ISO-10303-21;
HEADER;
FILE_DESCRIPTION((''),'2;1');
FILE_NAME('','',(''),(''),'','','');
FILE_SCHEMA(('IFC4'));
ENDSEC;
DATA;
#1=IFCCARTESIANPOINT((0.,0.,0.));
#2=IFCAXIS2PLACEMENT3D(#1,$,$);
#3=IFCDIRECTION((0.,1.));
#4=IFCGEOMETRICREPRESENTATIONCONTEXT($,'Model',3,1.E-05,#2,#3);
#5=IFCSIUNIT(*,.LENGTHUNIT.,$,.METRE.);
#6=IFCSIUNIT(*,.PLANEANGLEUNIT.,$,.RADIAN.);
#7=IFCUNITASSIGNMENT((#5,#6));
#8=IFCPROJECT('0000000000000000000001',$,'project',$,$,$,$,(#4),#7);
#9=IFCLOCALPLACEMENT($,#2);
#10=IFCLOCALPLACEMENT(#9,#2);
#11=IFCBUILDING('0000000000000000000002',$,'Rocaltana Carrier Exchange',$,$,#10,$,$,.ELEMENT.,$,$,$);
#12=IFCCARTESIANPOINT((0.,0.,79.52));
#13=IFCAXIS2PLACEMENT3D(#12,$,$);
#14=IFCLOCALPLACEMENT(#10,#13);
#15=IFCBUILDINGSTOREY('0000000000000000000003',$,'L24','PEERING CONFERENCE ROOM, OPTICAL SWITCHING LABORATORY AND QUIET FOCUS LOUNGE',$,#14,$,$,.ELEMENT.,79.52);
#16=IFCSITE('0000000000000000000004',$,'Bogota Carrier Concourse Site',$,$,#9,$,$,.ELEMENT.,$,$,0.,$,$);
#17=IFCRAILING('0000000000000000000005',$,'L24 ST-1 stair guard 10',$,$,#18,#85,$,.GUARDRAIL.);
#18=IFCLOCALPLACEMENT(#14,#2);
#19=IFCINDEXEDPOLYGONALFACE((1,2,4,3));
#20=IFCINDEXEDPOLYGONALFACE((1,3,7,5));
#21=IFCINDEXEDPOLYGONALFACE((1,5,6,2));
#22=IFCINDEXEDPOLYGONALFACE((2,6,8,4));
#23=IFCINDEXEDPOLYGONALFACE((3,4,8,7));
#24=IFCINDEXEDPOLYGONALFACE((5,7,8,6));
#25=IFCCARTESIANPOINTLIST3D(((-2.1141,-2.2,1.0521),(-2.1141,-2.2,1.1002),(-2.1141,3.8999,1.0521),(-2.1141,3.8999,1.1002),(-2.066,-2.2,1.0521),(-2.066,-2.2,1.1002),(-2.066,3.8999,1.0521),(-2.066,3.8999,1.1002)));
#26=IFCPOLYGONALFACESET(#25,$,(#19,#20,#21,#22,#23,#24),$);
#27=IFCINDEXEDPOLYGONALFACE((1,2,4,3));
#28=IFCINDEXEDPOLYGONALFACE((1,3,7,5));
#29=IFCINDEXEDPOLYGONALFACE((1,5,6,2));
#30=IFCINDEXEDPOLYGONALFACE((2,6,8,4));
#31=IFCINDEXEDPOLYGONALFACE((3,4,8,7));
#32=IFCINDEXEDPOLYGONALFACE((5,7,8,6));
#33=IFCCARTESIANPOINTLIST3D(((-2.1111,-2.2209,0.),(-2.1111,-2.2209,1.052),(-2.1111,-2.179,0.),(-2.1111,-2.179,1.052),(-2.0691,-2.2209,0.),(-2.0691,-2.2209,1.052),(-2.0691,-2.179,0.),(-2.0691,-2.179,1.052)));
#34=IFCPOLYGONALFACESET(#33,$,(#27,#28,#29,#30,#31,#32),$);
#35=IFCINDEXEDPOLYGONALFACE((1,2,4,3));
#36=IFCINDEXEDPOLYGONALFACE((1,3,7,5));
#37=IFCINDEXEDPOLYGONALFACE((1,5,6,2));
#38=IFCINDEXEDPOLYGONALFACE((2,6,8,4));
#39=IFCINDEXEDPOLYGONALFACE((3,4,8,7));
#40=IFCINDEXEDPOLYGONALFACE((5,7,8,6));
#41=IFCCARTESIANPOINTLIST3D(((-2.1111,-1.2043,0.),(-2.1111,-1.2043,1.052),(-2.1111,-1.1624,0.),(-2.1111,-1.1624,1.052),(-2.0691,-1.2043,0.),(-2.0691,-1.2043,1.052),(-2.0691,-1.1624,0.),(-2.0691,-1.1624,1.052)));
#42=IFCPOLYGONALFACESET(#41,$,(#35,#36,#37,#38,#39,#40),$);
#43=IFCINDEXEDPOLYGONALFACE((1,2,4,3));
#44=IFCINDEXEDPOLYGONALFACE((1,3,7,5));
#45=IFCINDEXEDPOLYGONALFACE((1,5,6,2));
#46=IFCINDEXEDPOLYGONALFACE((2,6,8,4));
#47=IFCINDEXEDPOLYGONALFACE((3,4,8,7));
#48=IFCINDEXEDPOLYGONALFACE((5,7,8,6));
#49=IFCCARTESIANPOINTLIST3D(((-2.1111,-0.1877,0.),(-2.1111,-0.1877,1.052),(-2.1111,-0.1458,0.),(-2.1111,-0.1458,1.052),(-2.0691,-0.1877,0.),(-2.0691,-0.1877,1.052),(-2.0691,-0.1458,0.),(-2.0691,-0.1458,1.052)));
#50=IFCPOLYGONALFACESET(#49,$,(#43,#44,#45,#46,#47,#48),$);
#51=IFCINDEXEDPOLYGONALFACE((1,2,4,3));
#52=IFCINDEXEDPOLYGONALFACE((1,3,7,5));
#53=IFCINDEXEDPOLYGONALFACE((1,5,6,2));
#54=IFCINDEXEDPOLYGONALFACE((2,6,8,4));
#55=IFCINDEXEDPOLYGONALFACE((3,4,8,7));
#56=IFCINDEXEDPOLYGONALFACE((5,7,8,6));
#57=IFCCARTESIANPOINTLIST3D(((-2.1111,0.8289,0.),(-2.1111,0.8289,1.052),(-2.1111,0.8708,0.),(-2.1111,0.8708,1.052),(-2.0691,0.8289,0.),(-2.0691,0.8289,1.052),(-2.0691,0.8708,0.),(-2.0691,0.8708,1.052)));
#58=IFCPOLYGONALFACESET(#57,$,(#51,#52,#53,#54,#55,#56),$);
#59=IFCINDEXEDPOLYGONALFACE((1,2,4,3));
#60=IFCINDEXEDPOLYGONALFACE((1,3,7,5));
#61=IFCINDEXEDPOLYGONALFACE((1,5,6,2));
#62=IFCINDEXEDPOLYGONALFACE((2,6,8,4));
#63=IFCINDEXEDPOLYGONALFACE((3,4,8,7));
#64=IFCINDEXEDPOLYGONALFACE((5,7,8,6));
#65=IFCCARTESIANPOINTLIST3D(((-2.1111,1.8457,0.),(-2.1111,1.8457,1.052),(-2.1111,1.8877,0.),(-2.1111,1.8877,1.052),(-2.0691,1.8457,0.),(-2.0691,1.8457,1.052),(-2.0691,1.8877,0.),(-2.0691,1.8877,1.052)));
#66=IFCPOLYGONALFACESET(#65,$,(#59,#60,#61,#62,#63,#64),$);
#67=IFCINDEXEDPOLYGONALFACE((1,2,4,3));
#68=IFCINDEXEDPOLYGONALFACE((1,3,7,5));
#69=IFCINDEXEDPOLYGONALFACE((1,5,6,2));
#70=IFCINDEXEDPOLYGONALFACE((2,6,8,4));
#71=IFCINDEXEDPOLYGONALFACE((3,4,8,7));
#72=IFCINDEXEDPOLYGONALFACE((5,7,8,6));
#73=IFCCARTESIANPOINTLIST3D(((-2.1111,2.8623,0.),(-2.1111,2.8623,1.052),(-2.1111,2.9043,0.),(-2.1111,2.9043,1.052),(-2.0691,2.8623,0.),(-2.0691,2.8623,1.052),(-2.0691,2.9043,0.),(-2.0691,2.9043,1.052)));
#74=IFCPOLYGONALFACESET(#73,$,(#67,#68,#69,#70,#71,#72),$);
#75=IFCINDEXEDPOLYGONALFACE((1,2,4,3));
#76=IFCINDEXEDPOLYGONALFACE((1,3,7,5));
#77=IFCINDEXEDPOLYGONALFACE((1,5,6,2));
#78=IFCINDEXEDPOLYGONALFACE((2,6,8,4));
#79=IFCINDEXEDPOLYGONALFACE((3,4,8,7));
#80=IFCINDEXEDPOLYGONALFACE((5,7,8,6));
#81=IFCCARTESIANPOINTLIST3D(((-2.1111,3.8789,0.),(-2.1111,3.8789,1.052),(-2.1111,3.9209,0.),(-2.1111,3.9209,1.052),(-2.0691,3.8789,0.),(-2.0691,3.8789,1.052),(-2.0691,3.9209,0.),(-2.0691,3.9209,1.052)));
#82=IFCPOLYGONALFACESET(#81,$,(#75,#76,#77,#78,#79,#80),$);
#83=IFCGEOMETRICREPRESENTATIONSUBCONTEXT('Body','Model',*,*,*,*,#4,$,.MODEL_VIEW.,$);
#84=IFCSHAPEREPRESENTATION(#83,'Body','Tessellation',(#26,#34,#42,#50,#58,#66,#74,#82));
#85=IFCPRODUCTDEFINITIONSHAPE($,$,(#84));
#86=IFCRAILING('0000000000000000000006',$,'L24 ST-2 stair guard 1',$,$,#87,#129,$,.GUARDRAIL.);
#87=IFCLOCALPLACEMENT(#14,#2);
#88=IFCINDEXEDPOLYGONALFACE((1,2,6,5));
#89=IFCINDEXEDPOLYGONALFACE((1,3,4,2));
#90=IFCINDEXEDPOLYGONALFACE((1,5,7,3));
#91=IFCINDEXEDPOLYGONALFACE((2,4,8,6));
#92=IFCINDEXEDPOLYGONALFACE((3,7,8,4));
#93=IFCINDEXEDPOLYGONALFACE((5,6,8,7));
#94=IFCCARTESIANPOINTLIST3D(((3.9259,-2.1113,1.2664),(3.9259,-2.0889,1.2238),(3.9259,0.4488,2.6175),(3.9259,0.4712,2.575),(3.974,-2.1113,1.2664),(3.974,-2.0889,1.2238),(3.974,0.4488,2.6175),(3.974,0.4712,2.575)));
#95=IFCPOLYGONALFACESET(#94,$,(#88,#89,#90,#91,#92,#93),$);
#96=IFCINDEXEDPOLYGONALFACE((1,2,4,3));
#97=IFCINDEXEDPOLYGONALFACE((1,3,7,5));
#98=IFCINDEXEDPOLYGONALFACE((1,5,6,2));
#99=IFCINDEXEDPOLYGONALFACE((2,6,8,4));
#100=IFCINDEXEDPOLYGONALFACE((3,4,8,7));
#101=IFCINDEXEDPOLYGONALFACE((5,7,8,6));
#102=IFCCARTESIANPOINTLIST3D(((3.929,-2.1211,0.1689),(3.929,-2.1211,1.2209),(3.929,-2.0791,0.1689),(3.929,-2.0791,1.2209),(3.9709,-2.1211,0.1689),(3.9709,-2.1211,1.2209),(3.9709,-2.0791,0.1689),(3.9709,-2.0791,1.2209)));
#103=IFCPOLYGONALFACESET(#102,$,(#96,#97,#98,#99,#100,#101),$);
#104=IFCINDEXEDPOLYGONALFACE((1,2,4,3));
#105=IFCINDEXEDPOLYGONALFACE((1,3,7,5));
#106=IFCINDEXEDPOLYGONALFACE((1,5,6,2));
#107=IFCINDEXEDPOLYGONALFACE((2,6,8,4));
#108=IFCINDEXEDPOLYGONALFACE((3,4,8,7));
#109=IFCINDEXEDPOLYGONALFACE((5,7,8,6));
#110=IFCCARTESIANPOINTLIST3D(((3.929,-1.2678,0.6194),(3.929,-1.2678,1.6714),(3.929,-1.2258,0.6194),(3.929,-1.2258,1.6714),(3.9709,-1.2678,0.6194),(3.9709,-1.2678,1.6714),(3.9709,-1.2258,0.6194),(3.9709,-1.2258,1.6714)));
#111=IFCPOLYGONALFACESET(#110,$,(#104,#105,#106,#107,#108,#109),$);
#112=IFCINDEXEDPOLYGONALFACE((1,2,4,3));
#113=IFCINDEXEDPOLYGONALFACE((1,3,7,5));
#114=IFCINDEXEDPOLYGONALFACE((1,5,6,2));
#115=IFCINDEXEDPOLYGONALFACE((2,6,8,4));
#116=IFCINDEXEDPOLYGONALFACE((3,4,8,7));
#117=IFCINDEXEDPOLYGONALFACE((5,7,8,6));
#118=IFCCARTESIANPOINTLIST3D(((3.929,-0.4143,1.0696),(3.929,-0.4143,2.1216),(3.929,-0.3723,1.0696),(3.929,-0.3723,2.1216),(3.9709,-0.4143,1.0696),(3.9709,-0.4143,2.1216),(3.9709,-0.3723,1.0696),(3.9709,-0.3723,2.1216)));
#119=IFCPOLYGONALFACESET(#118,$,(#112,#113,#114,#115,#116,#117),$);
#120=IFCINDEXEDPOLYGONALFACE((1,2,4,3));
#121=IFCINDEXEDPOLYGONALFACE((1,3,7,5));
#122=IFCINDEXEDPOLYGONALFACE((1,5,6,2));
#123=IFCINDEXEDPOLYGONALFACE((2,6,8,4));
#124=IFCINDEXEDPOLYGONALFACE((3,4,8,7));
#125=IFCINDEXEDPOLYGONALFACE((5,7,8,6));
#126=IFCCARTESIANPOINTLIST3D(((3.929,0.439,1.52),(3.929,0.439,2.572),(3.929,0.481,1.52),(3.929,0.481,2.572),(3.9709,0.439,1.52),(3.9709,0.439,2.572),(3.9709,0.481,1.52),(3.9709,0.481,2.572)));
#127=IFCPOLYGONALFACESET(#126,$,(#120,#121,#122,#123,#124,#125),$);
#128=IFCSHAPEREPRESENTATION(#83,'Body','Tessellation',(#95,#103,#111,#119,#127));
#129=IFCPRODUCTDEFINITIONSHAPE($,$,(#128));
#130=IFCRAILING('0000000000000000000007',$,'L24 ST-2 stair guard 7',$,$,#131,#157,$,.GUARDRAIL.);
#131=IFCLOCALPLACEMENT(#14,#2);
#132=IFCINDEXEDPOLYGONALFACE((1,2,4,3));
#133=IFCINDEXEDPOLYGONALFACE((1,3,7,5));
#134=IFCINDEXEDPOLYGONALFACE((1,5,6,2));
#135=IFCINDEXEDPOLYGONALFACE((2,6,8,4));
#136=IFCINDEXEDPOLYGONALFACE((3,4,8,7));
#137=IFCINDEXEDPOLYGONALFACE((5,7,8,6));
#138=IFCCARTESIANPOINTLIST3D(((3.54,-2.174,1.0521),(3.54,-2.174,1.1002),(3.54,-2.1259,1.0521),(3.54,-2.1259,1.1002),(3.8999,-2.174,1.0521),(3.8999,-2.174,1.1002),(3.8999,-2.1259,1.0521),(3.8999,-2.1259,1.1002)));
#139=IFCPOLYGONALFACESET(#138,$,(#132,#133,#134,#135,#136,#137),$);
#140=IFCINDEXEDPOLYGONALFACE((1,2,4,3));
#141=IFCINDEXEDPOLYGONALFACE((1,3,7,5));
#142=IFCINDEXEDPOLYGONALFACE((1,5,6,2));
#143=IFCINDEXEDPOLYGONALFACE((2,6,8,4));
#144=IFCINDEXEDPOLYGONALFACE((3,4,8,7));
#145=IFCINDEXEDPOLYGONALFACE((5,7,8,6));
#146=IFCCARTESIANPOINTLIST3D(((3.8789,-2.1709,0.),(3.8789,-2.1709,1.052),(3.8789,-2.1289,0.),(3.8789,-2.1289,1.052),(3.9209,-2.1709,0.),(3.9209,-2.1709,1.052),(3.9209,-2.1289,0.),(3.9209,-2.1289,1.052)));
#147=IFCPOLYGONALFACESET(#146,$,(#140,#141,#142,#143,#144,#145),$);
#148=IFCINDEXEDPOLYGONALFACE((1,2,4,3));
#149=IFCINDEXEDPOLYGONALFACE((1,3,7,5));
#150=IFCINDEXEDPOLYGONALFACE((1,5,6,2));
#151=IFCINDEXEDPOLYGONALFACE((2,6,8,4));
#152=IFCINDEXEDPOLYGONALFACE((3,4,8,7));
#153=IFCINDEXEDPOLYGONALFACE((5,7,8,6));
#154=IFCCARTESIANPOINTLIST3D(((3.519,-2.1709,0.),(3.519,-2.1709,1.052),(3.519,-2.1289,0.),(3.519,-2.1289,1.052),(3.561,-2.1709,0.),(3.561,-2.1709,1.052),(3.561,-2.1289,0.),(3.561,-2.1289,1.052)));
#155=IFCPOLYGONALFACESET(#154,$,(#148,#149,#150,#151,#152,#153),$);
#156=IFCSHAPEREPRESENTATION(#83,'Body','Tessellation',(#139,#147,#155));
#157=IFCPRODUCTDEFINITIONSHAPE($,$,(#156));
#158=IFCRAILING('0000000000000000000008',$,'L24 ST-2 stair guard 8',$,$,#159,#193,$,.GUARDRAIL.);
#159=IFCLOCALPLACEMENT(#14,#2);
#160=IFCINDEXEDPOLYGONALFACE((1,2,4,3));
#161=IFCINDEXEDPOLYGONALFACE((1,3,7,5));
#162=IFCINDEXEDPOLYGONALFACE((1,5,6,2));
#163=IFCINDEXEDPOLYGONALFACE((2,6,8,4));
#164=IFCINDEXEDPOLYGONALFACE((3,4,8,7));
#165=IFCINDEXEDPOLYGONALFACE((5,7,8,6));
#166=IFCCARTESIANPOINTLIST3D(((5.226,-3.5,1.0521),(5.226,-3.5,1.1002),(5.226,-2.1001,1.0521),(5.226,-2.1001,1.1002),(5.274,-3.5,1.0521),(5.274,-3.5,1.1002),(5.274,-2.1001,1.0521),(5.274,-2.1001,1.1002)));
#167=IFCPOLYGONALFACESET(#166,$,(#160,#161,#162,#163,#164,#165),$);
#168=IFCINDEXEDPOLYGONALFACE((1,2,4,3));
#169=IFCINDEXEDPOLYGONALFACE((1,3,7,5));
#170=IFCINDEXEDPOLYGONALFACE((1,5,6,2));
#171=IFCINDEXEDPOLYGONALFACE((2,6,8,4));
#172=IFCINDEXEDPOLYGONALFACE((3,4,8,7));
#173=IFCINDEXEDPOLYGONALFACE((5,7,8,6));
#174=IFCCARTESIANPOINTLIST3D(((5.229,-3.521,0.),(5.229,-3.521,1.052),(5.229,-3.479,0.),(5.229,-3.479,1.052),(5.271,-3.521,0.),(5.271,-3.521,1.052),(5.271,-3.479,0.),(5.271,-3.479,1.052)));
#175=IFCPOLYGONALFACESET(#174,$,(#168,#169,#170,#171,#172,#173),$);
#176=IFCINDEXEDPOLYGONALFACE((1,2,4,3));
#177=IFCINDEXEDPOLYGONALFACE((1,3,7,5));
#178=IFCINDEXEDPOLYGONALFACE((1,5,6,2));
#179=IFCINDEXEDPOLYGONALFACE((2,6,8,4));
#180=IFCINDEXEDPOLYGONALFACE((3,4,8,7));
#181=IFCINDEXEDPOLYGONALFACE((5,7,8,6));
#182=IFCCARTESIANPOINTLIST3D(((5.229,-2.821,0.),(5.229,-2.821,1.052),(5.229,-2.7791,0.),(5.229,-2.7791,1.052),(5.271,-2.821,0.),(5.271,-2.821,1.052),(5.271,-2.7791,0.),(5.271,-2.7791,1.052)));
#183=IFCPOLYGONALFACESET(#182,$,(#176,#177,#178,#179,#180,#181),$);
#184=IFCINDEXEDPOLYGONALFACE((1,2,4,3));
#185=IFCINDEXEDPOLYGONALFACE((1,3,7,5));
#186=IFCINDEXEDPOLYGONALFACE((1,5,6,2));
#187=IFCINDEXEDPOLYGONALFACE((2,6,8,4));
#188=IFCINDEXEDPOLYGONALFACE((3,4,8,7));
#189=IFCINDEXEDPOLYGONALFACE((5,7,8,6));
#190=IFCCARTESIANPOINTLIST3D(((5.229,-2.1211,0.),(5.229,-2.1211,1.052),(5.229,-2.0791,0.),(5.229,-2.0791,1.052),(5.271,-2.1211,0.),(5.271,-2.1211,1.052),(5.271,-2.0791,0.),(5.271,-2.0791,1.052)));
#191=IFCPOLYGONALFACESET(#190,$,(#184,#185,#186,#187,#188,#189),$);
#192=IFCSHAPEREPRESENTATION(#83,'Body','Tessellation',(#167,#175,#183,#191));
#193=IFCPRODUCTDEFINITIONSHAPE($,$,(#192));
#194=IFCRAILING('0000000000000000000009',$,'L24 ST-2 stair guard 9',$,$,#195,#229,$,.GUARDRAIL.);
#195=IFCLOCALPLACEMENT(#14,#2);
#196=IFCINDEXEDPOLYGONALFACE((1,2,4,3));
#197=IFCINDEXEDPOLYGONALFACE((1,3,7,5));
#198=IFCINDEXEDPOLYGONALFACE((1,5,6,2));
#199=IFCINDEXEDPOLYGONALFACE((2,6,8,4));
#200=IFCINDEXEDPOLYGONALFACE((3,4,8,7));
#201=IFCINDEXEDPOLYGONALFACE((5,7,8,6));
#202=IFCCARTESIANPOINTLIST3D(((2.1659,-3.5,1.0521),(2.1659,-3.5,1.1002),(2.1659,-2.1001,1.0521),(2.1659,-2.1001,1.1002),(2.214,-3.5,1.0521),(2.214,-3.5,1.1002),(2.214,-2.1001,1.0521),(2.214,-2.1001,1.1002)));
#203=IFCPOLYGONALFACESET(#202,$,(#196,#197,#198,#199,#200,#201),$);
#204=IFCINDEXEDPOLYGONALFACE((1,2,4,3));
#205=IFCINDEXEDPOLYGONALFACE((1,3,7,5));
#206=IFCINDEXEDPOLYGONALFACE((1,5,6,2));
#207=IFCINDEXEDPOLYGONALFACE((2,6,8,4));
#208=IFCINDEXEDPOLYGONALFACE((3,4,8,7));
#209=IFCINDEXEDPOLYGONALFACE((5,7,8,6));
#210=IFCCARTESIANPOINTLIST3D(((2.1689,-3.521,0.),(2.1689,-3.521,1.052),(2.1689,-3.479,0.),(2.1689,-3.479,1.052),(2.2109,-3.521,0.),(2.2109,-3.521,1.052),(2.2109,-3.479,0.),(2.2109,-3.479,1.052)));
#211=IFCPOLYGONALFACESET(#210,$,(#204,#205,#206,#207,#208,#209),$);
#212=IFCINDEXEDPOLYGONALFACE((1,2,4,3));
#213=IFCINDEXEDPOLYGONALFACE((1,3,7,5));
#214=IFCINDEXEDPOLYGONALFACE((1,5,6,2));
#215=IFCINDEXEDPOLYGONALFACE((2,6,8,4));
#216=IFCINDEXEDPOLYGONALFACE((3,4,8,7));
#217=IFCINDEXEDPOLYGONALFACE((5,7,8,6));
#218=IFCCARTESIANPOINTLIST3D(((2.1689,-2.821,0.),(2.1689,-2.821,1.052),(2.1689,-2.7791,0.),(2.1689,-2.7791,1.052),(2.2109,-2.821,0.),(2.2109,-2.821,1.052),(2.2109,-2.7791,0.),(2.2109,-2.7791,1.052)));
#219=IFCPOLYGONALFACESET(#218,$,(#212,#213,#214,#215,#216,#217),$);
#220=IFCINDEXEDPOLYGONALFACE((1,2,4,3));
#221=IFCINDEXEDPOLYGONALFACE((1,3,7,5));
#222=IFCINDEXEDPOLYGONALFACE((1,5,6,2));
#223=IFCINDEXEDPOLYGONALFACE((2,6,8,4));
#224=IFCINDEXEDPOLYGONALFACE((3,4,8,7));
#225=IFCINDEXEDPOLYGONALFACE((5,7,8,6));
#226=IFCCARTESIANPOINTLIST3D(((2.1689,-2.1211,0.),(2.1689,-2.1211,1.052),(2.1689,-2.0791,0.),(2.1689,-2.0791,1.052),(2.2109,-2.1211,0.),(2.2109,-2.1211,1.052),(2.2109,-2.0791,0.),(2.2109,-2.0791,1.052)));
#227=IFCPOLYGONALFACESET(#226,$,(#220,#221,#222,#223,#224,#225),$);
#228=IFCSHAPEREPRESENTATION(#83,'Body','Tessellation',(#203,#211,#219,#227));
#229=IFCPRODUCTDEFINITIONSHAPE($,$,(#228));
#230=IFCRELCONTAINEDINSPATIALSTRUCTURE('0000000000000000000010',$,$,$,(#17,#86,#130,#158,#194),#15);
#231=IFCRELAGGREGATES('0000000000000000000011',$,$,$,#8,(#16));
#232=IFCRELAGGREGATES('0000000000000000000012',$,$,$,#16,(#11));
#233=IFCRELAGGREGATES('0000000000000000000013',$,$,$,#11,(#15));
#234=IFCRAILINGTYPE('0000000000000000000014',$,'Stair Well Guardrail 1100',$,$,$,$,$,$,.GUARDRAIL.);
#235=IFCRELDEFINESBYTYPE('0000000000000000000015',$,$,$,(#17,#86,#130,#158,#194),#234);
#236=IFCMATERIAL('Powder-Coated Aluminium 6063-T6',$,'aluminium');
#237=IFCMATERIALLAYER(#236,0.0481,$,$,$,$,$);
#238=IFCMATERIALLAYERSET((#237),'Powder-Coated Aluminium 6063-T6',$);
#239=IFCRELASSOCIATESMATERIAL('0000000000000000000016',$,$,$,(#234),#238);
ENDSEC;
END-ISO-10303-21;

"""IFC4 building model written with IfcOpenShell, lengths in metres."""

from ifc_helpers import new_model, si_unit, direction, frame, origin, origin_2d, place, context, subcontext, project, spatial, rectangle, extrude, material, layer, layer_set, type_object, element, save


model = new_model("IFC4")

# Units and contexts
model_context = context("Model", 3, precision=1e-05, world=origin(), true_north=direction((0.0, 1.0)))
body_context = subcontext(model_context, "Body", "Model", "MODEL_VIEW")
ifc_project = project(units=[si_unit("LENGTHUNIT", "METRE"), si_unit("PLANEANGLEUNIT", "RADIAN")], contexts=[model_context])

# Site, building, storey
site_placement = place(None, origin())
site = spatial("IfcSite", under=ifc_project, at=site_placement, Name="Bogota Carrier Concourse Site", CompositionType="ELEMENT", RefElevation=0.0)
building_placement = place(site_placement, origin())
building = spatial("IfcBuilding", under=site, at=building_placement, Name="Rocaltana Carrier Exchange", CompositionType="ELEMENT")
storey_placement = place(building_placement, frame((0.0, 0.0, 79.52)))
storey = spatial("IfcBuildingStorey", under=building, at=storey_placement, Name="L24", Description="PEERING CONFERENCE ROOM, OPTICAL SWITCHING LABORATORY AND QUIET FOCUS LOUNGE", CompositionType="ELEMENT", Elevation=79.52)

# Railings
ifc_material_1 = material(Name="Powder-Coated Aluminium 6063-T6", Category="aluminium")
ifc_layer_1 = layer(ifc_material_1, 0.0481)
ifc_layer_set_1 = layer_set([ifc_layer_1], Name="Powder-Coated Aluminium 6063-T6")
railing_type_1 = type_object("IfcRailingType", Name="Stair Well Guardrail 1100", PredefinedType="GUARDRAIL", material=ifc_layer_set_1)
railing_1_placement = place(storey_placement, frame((-2.0901, -2.2, 0.0)))
element("IfcRailing", 1, at=railing_1_placement, inside=storey, type_object=railing_type_1, Name="L24 ST-1 stair guard 10", PredefinedType="GUARDRAIL", context=body_context, shape_type="SweptSolid", body=[
    extrude(rectangle(XDim=0.0481, YDim=0.0481, at=origin_2d()), frame((0.0, 0.0, 1.0762), z_axis=(0.0, 1.0, 0.0), x_axis=(-1.0, 0.0, 0.0)), (0.0, 0.0, 1.0), 6.0999),
    extrude(rectangle(XDim=0.042, YDim=0.042, at=origin_2d()), origin(), (0.0, 0.0, 1.0), 1.052),
    extrude(rectangle(XDim=0.042, YDim=0.042, at=origin_2d()), frame((0.0, 1.0166, 0.0)), (0.0, 0.0, 1.0), 1.052),
    extrude(rectangle(XDim=0.042, YDim=0.042, at=origin_2d()), frame((0.0, 2.0332, 0.0)), (0.0, 0.0, 1.0), 1.052),
    extrude(rectangle(XDim=0.042, YDim=0.042, at=origin_2d()), frame((0.0, 3.0498, 0.0)), (0.0, 0.0, 1.0), 1.052),
    extrude(rectangle(XDim=0.042, YDim=0.042, at=origin_2d()), frame((0.0, 4.0667, 0.0)), (0.0, 0.0, 1.0), 1.052),
    extrude(rectangle(XDim=0.042, YDim=0.042, at=origin_2d()), frame((0.0, 5.0833, 0.0)), (0.0, 0.0, 1.0), 1.052),
    extrude(rectangle(XDim=0.042, YDim=0.042, at=origin_2d()), frame((0.0, 6.0999, 0.0)), (0.0, 0.0, 1.0), 1.052),
])
railing_2_placement = place(storey_placement, frame((3.95, -2.1001, 0.1689)))
element("IfcRailing", 2, at=railing_2_placement, inside=storey, type_object=railing_type_1, Name="L24 ST-2 stair guard 1", PredefinedType="GUARDRAIL", context=body_context, shape_type="SweptSolid", body=[
    extrude(rectangle(XDim=0.0481, YDim=0.0481, at=origin_2d()), frame((0.0, 0.0, 1.0762), z_axis=(0.0, 0.884394, 0.46674), x_axis=(-1.0, 0.0, 0.0)), (0.0, 0.0, 1.0), 2.8948),
    extrude(rectangle(XDim=0.042, YDim=0.042, at=origin_2d()), origin(), (0.0, 0.0, 1.0), 1.052),
    extrude(rectangle(XDim=0.042, YDim=0.042, at=origin_2d()), frame((0.0, 0.8533, 0.4504)), (0.0, 0.0, 1.0), 1.052),
    extrude(rectangle(XDim=0.042, YDim=0.042, at=origin_2d()), frame((0.0, 1.7068, 0.9006)), (0.0, 0.0, 1.0), 1.052),
    extrude(rectangle(XDim=0.042, YDim=0.042, at=origin_2d()), frame((0.0, 2.5601, 1.3511)), (0.0, 0.0, 1.0), 1.052),
])
railing_3_placement = place(storey_placement, frame((3.8999, -2.1499, 0.0)))
element("IfcRailing", 3, at=railing_3_placement, inside=storey, type_object=railing_type_1, Name="L24 ST-2 stair guard 7", PredefinedType="GUARDRAIL", context=body_context, shape_type="SweptSolid", body=[
    extrude(rectangle(XDim=0.0481, YDim=0.0481, at=origin_2d()), frame((0.0, 0.0, 1.0762), z_axis=(-1.0, 0.0, 0.0), x_axis=(0.0, -1.0, 0.0)), (0.0, 0.0, 1.0), 0.3599),
    extrude(rectangle(XDim=0.042, YDim=0.042, at=origin_2d()), origin(), (0.0, 0.0, 1.0), 1.052),
    extrude(rectangle(XDim=0.042, YDim=0.042, at=origin_2d()), frame((-0.3599, 0.0, 0.0)), (0.0, 0.0, 1.0), 1.052),
])
for number, where, name in (
    (4, (5.25, -3.5, 0.0), "L24 ST-2 stair guard 8"),
    (5, (2.1899, -3.5, 0.0), "L24 ST-2 stair guard 9"),
):
    element("IfcRailing", number, at=place(storey_placement, frame(where)), inside=storey, type_object=railing_type_1, Name=name, PredefinedType="GUARDRAIL", context=body_context, shape_type="SweptSolid", body=[
        extrude(rectangle(XDim=0.0481, YDim=0.0481, at=origin_2d()), frame((0.0, 0.0, 1.0762), z_axis=(0.0, 1.0, 0.0), x_axis=(-1.0, 0.0, 0.0)), (0.0, 0.0, 1.0), 1.3999),
        extrude(rectangle(XDim=0.042, YDim=0.042, at=origin_2d()), origin(), (0.0, 0.0, 1.0), 1.052),
        extrude(rectangle(XDim=0.042, YDim=0.042, at=origin_2d()), frame((0.0, 0.7, 0.0)), (0.0, 0.0, 1.0), 1.052),
        extrude(rectangle(XDim=0.042, YDim=0.042, at=origin_2d()), frame((0.0, 1.3999, 0.0)), (0.0, 0.0, 1.0), 1.052),
    ])

save(model, "model.ifc")
